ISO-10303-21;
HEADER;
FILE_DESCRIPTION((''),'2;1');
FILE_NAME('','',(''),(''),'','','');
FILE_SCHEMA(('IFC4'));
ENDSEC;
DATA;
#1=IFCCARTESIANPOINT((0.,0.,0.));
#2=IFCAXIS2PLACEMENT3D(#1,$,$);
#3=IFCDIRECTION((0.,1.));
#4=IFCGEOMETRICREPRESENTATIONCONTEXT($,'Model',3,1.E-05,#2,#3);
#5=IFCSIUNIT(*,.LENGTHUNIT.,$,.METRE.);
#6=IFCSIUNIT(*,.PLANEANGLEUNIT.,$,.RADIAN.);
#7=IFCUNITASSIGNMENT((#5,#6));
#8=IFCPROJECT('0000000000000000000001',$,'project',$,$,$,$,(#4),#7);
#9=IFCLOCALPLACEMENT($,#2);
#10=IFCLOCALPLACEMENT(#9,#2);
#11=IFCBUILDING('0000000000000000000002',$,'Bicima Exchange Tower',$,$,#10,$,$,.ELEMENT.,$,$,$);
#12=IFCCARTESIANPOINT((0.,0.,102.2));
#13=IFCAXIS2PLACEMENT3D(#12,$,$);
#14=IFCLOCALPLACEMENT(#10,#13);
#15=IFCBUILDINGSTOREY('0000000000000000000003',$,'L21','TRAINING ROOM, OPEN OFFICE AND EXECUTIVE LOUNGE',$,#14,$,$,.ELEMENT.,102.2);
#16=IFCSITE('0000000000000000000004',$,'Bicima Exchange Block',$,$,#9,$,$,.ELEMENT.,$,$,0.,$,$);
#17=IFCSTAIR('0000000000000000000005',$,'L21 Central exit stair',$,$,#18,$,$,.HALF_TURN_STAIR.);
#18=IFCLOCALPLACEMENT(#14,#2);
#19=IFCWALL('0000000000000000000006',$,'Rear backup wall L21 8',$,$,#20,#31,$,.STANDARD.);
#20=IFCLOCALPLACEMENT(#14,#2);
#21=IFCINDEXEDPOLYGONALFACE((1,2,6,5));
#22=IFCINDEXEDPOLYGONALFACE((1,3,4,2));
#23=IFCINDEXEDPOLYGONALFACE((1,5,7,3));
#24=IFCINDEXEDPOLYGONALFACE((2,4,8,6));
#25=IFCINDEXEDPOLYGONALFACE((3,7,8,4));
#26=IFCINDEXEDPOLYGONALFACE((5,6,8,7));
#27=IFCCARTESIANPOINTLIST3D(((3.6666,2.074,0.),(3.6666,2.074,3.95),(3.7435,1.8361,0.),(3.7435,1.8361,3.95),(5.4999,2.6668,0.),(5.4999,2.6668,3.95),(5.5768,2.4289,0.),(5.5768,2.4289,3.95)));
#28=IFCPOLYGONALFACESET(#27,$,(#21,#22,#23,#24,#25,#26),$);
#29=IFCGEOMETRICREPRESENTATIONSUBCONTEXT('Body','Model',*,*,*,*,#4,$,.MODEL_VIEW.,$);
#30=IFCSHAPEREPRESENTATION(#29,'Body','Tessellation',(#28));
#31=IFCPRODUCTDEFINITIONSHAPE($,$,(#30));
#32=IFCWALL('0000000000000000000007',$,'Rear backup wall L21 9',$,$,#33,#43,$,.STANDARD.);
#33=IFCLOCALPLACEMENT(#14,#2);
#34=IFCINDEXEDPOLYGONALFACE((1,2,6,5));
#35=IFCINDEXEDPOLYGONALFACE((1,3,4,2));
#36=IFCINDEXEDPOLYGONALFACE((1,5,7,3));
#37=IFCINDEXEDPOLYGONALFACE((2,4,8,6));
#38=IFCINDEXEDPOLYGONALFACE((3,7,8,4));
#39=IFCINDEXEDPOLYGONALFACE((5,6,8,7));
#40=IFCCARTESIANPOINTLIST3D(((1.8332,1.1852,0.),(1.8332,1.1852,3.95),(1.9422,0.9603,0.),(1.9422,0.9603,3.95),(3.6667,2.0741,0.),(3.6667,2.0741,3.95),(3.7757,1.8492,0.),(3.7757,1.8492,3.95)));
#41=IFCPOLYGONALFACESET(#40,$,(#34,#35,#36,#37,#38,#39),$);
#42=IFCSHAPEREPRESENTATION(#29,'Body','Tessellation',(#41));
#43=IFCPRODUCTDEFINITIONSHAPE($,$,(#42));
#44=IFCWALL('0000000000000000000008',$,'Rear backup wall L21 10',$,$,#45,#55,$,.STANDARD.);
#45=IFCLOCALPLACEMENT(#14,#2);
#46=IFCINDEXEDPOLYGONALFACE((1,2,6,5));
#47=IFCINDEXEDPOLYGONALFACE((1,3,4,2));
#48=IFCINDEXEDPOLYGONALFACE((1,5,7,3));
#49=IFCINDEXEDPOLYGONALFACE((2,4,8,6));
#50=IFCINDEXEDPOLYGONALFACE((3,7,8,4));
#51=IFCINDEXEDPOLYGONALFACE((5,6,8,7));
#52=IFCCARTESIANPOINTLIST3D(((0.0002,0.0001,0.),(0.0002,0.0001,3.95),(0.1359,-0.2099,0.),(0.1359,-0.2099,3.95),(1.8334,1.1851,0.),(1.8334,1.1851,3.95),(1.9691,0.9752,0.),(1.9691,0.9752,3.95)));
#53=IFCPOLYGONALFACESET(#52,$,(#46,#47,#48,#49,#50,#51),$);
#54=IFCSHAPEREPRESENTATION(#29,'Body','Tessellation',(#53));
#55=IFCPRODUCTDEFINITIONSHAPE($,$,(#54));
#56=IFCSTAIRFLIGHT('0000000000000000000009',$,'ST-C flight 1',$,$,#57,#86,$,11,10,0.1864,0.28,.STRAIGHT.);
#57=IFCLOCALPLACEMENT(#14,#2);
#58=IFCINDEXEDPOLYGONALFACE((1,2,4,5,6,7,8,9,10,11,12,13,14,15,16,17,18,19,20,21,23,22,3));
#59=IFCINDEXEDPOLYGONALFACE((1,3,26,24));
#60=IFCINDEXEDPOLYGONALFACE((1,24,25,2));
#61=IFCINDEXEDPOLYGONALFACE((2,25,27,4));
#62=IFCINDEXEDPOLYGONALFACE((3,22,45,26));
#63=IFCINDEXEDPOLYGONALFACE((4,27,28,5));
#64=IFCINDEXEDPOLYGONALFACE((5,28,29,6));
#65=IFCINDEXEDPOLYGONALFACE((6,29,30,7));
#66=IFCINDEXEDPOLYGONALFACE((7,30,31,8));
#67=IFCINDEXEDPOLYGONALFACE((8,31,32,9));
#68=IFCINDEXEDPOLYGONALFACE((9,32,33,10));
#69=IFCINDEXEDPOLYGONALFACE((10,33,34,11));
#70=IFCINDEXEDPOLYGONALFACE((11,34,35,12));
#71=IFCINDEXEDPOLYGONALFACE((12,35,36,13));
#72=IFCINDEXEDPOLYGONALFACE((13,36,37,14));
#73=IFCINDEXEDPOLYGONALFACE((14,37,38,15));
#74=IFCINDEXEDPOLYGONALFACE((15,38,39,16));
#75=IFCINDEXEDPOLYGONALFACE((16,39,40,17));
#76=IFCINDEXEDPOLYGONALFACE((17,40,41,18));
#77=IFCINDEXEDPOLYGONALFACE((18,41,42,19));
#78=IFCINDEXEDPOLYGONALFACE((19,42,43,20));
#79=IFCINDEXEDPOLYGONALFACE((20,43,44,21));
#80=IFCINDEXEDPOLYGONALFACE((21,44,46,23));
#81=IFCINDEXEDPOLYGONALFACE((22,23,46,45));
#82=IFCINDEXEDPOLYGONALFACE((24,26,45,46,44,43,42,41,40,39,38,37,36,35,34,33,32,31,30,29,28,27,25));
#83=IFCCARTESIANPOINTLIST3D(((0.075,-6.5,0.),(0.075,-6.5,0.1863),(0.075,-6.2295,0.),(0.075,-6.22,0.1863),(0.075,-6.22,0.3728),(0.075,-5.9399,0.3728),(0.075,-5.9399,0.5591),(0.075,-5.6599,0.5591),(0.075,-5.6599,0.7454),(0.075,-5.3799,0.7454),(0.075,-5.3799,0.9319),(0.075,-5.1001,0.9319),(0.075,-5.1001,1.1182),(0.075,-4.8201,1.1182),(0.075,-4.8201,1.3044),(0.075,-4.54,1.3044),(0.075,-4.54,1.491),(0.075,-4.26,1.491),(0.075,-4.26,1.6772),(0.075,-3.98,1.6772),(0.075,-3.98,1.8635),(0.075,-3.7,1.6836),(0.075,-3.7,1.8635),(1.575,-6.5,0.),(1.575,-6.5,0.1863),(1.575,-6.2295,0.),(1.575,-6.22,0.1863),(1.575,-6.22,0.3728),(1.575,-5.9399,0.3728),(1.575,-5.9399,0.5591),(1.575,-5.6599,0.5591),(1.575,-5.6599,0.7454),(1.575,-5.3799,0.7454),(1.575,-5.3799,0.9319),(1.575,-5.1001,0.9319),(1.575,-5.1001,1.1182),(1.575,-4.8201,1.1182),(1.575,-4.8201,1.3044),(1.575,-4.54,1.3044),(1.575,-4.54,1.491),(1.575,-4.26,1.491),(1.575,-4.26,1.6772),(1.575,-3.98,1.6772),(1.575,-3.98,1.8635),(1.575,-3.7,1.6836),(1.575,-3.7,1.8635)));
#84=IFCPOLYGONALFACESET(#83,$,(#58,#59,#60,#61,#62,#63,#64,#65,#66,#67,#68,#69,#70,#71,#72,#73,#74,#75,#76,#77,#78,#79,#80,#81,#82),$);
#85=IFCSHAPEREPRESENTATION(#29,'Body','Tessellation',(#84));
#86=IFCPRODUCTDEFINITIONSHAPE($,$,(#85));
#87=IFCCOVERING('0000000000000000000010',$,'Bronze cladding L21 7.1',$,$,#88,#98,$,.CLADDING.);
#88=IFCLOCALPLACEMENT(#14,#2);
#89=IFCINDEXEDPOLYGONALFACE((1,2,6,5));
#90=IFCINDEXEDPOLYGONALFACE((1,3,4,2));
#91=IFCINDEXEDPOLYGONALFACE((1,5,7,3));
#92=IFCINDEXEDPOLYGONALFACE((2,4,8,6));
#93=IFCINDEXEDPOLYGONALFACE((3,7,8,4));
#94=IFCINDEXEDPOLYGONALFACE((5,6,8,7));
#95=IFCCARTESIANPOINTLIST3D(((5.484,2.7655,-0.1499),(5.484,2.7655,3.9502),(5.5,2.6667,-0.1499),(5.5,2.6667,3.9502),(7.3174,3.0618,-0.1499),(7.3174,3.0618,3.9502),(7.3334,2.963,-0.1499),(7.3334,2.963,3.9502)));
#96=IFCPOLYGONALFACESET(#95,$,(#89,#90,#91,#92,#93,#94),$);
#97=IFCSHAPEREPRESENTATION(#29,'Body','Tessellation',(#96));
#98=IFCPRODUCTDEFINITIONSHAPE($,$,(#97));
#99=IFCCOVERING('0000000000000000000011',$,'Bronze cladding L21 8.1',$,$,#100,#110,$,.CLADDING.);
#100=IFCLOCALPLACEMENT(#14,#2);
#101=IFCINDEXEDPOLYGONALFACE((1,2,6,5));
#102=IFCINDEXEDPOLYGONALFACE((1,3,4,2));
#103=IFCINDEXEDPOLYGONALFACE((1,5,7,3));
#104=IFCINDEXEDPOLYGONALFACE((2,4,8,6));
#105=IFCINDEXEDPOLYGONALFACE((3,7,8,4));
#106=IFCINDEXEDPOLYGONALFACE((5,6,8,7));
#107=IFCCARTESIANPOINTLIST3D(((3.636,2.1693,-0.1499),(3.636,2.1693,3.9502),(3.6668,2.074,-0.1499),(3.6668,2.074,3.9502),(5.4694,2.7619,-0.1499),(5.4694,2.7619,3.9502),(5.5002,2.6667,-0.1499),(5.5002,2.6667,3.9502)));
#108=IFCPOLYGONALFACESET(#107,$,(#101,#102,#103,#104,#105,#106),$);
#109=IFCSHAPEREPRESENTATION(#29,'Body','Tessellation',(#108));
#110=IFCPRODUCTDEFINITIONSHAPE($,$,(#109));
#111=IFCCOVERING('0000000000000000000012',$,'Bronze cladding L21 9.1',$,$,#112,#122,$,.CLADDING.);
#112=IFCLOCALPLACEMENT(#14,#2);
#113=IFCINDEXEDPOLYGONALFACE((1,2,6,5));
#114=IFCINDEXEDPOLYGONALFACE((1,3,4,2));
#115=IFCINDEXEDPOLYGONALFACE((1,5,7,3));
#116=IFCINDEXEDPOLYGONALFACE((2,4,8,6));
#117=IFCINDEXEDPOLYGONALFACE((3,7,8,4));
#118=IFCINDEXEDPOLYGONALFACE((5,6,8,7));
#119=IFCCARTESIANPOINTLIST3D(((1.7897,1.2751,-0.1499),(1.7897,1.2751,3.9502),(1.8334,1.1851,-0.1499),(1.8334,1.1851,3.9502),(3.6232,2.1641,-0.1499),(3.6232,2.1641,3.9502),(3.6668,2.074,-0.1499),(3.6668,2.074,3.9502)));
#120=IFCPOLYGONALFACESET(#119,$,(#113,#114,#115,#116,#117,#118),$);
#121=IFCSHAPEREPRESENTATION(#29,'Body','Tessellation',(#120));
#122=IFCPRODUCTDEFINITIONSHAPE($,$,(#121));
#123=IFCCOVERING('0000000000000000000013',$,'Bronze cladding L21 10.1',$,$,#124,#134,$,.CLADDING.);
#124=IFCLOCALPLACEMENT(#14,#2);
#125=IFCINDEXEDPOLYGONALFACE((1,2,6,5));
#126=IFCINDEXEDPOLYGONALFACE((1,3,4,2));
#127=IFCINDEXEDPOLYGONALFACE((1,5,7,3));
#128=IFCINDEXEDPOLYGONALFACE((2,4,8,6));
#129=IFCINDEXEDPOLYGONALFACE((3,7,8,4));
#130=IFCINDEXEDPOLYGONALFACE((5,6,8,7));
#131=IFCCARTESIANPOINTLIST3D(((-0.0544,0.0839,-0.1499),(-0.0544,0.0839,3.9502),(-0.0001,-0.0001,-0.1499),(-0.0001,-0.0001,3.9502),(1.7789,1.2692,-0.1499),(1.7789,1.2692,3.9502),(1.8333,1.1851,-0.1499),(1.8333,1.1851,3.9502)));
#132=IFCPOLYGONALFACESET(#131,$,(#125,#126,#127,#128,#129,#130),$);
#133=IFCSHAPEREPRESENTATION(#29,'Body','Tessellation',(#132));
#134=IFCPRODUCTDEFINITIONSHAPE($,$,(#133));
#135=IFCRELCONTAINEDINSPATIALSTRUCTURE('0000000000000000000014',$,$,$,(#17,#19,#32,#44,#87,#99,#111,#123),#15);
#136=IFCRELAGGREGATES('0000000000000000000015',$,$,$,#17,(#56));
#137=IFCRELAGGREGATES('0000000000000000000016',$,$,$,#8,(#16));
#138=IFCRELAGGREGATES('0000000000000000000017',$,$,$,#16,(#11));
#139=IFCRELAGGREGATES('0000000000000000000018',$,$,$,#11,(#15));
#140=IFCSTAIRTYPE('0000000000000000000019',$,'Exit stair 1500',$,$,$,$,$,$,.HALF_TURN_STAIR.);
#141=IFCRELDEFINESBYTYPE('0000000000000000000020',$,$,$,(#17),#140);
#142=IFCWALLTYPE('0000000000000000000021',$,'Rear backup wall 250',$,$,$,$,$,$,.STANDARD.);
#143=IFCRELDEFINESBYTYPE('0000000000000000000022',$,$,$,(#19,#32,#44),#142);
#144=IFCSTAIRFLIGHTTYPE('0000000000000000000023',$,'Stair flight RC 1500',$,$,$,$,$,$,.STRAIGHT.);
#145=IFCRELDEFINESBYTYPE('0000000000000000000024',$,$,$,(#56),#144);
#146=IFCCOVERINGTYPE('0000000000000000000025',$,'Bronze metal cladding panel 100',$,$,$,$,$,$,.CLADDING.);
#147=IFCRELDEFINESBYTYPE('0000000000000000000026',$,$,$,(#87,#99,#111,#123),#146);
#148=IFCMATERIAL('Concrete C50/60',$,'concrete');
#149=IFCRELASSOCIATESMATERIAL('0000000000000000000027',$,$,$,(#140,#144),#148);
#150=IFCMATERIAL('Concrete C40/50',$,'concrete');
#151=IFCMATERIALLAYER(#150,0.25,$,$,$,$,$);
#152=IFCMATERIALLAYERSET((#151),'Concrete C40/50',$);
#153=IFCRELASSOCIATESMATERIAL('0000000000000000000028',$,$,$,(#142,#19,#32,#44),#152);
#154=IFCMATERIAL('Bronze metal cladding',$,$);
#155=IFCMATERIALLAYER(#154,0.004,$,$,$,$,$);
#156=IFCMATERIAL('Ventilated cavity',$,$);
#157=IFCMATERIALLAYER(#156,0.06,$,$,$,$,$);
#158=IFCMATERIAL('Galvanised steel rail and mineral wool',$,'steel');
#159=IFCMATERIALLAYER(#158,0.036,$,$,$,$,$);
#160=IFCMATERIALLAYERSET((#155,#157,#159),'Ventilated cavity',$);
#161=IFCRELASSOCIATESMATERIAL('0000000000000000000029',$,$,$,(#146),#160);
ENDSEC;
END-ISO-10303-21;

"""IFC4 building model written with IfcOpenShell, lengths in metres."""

from ifc_helpers import new_model, si_unit, direction, frame, frame_2d, origin, origin_2d, place, context, subcontext, project, spatial, polyline, rectangle, outline, extrude, material, layer, layer_set, layer_usage, type_object, element, aggregate, save


model = new_model("IFC4")

# Units and contexts
model_context = context("Model", 3, precision=1e-05, world=origin(), true_north=direction((0.0, 1.0)))
body_context = subcontext(model_context, "Body", "Model", "MODEL_VIEW")
ifc_project = project(units=[si_unit("LENGTHUNIT", "METRE"), si_unit("PLANEANGLEUNIT", "RADIAN")], contexts=[model_context])

# Site, building, storey
site_placement = place(None, origin())
site = spatial("IfcSite", under=ifc_project, at=site_placement, Name="Bicima Exchange Block", CompositionType="ELEMENT", RefElevation=0.0)
building_placement = place(site_placement, origin())
building = spatial("IfcBuilding", under=site, at=building_placement, Name="Bicima Exchange Tower", CompositionType="ELEMENT")
storey_placement = place(building_placement, frame((0.0, 0.0, 102.2)))
storey = spatial("IfcBuildingStorey", under=building, at=storey_placement, Name="L21", Description="TRAINING ROOM, OPEN OFFICE AND EXECUTIVE LOUNGE", CompositionType="ELEMENT", Elevation=102.2)

# Stair
ifc_material_1 = material(Name="Concrete C50/60", Category="concrete")
stair_type_1 = type_object("IfcStairType", Name="Exit stair 1500", PredefinedType="HALF_TURN_STAIR", material=ifc_material_1)
stair_1_placement = place(storey_placement, origin())
stair_1 = element("IfcStair", 1, at=stair_1_placement, inside=storey, type_object=stair_type_1, Name="L21 Central exit stair", PredefinedType="HALF_TURN_STAIR")

# Walls
ifc_material_2 = material(Name="Concrete C40/50", Category="concrete")
ifc_layer_1 = layer(ifc_material_2, 0.25)
ifc_layer_set_1 = layer_set([ifc_layer_1], Name="Concrete C40/50")
ifc_layer_usage = layer_usage(ifc_layer_set_1, "AXIS2", "POSITIVE", -0.125)
wall_type_1 = type_object("IfcWallType", Name="Rear backup wall 250", PredefinedType="STANDARD", material=ifc_layer_set_1)
wall_1_placement = place(storey_placement, frame((5.5383, 2.5479, 0.0), z_axis=(0.0, 0.0, 1.0), x_axis=(-0.951496, -0.307662, 0.0)))
element("IfcWall", 2, at=wall_1_placement, inside=storey, type_object=wall_type_1, material=ifc_layer_usage, Name="Rear backup wall L21 8", PredefinedType="STANDARD", context=body_context, shape_type="SweptSolid", body=[
    extrude(rectangle(XDim=1.9268, YDim=0.25, at=frame_2d((0.9634, 0.0))), origin(), (0.0, 0.0, 1.0), 3.95),
])
wall_2_placement = place(storey_placement, frame((3.7212, 1.9617, 0.0), z_axis=(0.0, 0.0, 1.0), x_axis=(-0.899824, -0.436253, 0.0)))
element("IfcWall", 3, at=wall_2_placement, inside=storey, type_object=wall_type_1, material=ifc_layer_usage, Name="Rear backup wall L21 9", PredefinedType="STANDARD", context=body_context, shape_type="SweptSolid", body=[
    extrude(rectangle(XDim=2.0376, YDim=0.25, at=frame_2d((1.0188, 0.0))), origin(), (0.0, 0.0, 1.0), 3.95),
])
wall_3_placement = place(storey_placement, frame((1.9011, 1.0801, 0.0), z_axis=(0.0, 0.0, 1.0), x_axis=(-0.839813, -0.542876, 0.0)))
element("IfcWall", 4, at=wall_3_placement, inside=storey, type_object=wall_type_1, material=ifc_layer_usage, Name="Rear backup wall L21 10", PredefinedType="STANDARD", context=body_context, shape_type="SweptSolid", body=[
    extrude(rectangle(XDim=2.1829, YDim=0.25, at=frame_2d((1.0913, 0.0))), origin(), (0.0, 0.0, 1.0), 3.95),
])

# Stair flight
stair_flight_type = type_object("IfcStairFlightType", Name="Stair flight RC 1500", PredefinedType="STRAIGHT", material=ifc_material_1)
stair_flight_placement = place(storey_placement, frame((0.825, -6.5, 0.0), z_axis=(0.0, 0.0, 1.0), x_axis=(0.0, 1.0, 0.0)))
stair_flight = element("IfcStairFlight", 5, at=stair_flight_placement, type_object=stair_flight_type, Name="ST-C flight 1", NumberOfRisers=11, NumberOfTreads=10, PredefinedType="STRAIGHT", RiserHeight=0.1864, TreadLength=0.28, context=body_context, shape_type="SweptSolid", body=[
    extrude(outline(polyline([(0.0, 0.0), (0.0, 0.1863), (0.28, 0.1863), (0.28, 0.3728), (0.5601, 0.3728), (0.5601, 0.5591), (0.8401, 0.5591), (0.8401, 0.7454), (1.1201, 0.7454), (1.1201, 0.9319), (1.3999, 0.9319), (1.3999, 1.1182), (1.6799, 1.1182), (1.6799, 1.3044), (1.96, 1.3044), (1.96, 1.491), (2.24, 1.491), (2.24, 1.6772), (2.52, 1.6772), (2.52, 1.8635), (2.8, 1.8635), (2.8, 2.05), (2.8, 1.6836), (0.2705, 0.0), (0.0, 0.0)])), frame((0.0, 0.75, 0.0), z_axis=(0.0, -1.0, 0.0), x_axis=(1.0, 0.0, 0.0)), (0.0, 0.0, 1.0), 1.5),
])
aggregate(stair_1, [stair_flight])

# Coverings
ifc_material_3 = material(Name="Bronze metal cladding")
ifc_layer_2 = layer(ifc_material_3, 0.004)
ifc_material_4 = material(Name="Ventilated cavity")
ifc_layer_3 = layer(ifc_material_4, 0.06)
ifc_material_5 = material(Name="Galvanised steel rail and mineral wool", Category="steel")
ifc_layer_4 = layer(ifc_material_5, 0.036)
ifc_layer_set_2 = layer_set([ifc_layer_2, ifc_layer_3, ifc_layer_4], Name="Ventilated cavity")
covering_type = type_object("IfcCoveringType", Name="Bronze metal cladding panel 100", PredefinedType="CLADDING", material=ifc_layer_set_2)
covering_1_placement = place(storey_placement, frame((6.4087, 2.8643, -0.1499), z_axis=(0.0, 0.0, 1.0), x_axis=(-0.98719, -0.15955, 0.0)))
element("IfcCovering", 6, at=covering_1_placement, inside=storey, type_object=covering_type, Name="Bronze cladding L21 7.1", PredefinedType="CLADDING", context=body_context, shape_type="SweptSolid", body=[
    extrude(rectangle(XDim=1.8572, YDim=0.1001, at=origin_2d()), origin(), (0.0, 0.0, 1.0), 4.1001),
])
covering_2_placement = place(storey_placement, frame((4.5681, 2.418, -0.1499), z_axis=(0.0, 0.0, 1.0), x_axis=(-0.951525, -0.307573, 0.0)))
element("IfcCovering", 7, at=covering_2_placement, inside=storey, type_object=covering_type, Name="Bronze cladding L21 8.1", PredefinedType="CLADDING", context=body_context, shape_type="SweptSolid", body=[
    extrude(rectangle(XDim=1.9268, YDim=0.1001, at=origin_2d()), origin(), (0.0, 0.0, 1.0), 4.1001),
])
covering_3_placement = place(storey_placement, frame((2.7283, 1.6746, -0.1499), z_axis=(0.0, 0.0, 1.0), x_axis=(-0.899818, -0.436265, 0.0)))
element("IfcCovering", 8, at=covering_3_placement, inside=storey, type_object=covering_type, Name="Bronze cladding L21 9.1", PredefinedType="CLADDING", context=body_context, shape_type="SweptSolid", body=[
    extrude(rectangle(XDim=2.0376, YDim=0.1001, at=origin_2d()), origin(), (0.0, 0.0, 1.0), 4.1001),
])
covering_4_placement = place(storey_placement, frame((0.8894, 0.6345, -0.1499), z_axis=(0.0, 0.0, 1.0), x_axis=(-0.83979, -0.542911, 0.0)))
element("IfcCovering", 9, at=covering_4_placement, inside=storey, type_object=covering_type, Name="Bronze cladding L21 10.1", PredefinedType="CLADDING", context=body_context, shape_type="SweptSolid", body=[
    extrude(rectangle(XDim=2.1831, YDim=0.1001, at=origin_2d()), origin(), (0.0, 0.0, 1.0), 4.1001),
])

save(model, "model.ifc")
